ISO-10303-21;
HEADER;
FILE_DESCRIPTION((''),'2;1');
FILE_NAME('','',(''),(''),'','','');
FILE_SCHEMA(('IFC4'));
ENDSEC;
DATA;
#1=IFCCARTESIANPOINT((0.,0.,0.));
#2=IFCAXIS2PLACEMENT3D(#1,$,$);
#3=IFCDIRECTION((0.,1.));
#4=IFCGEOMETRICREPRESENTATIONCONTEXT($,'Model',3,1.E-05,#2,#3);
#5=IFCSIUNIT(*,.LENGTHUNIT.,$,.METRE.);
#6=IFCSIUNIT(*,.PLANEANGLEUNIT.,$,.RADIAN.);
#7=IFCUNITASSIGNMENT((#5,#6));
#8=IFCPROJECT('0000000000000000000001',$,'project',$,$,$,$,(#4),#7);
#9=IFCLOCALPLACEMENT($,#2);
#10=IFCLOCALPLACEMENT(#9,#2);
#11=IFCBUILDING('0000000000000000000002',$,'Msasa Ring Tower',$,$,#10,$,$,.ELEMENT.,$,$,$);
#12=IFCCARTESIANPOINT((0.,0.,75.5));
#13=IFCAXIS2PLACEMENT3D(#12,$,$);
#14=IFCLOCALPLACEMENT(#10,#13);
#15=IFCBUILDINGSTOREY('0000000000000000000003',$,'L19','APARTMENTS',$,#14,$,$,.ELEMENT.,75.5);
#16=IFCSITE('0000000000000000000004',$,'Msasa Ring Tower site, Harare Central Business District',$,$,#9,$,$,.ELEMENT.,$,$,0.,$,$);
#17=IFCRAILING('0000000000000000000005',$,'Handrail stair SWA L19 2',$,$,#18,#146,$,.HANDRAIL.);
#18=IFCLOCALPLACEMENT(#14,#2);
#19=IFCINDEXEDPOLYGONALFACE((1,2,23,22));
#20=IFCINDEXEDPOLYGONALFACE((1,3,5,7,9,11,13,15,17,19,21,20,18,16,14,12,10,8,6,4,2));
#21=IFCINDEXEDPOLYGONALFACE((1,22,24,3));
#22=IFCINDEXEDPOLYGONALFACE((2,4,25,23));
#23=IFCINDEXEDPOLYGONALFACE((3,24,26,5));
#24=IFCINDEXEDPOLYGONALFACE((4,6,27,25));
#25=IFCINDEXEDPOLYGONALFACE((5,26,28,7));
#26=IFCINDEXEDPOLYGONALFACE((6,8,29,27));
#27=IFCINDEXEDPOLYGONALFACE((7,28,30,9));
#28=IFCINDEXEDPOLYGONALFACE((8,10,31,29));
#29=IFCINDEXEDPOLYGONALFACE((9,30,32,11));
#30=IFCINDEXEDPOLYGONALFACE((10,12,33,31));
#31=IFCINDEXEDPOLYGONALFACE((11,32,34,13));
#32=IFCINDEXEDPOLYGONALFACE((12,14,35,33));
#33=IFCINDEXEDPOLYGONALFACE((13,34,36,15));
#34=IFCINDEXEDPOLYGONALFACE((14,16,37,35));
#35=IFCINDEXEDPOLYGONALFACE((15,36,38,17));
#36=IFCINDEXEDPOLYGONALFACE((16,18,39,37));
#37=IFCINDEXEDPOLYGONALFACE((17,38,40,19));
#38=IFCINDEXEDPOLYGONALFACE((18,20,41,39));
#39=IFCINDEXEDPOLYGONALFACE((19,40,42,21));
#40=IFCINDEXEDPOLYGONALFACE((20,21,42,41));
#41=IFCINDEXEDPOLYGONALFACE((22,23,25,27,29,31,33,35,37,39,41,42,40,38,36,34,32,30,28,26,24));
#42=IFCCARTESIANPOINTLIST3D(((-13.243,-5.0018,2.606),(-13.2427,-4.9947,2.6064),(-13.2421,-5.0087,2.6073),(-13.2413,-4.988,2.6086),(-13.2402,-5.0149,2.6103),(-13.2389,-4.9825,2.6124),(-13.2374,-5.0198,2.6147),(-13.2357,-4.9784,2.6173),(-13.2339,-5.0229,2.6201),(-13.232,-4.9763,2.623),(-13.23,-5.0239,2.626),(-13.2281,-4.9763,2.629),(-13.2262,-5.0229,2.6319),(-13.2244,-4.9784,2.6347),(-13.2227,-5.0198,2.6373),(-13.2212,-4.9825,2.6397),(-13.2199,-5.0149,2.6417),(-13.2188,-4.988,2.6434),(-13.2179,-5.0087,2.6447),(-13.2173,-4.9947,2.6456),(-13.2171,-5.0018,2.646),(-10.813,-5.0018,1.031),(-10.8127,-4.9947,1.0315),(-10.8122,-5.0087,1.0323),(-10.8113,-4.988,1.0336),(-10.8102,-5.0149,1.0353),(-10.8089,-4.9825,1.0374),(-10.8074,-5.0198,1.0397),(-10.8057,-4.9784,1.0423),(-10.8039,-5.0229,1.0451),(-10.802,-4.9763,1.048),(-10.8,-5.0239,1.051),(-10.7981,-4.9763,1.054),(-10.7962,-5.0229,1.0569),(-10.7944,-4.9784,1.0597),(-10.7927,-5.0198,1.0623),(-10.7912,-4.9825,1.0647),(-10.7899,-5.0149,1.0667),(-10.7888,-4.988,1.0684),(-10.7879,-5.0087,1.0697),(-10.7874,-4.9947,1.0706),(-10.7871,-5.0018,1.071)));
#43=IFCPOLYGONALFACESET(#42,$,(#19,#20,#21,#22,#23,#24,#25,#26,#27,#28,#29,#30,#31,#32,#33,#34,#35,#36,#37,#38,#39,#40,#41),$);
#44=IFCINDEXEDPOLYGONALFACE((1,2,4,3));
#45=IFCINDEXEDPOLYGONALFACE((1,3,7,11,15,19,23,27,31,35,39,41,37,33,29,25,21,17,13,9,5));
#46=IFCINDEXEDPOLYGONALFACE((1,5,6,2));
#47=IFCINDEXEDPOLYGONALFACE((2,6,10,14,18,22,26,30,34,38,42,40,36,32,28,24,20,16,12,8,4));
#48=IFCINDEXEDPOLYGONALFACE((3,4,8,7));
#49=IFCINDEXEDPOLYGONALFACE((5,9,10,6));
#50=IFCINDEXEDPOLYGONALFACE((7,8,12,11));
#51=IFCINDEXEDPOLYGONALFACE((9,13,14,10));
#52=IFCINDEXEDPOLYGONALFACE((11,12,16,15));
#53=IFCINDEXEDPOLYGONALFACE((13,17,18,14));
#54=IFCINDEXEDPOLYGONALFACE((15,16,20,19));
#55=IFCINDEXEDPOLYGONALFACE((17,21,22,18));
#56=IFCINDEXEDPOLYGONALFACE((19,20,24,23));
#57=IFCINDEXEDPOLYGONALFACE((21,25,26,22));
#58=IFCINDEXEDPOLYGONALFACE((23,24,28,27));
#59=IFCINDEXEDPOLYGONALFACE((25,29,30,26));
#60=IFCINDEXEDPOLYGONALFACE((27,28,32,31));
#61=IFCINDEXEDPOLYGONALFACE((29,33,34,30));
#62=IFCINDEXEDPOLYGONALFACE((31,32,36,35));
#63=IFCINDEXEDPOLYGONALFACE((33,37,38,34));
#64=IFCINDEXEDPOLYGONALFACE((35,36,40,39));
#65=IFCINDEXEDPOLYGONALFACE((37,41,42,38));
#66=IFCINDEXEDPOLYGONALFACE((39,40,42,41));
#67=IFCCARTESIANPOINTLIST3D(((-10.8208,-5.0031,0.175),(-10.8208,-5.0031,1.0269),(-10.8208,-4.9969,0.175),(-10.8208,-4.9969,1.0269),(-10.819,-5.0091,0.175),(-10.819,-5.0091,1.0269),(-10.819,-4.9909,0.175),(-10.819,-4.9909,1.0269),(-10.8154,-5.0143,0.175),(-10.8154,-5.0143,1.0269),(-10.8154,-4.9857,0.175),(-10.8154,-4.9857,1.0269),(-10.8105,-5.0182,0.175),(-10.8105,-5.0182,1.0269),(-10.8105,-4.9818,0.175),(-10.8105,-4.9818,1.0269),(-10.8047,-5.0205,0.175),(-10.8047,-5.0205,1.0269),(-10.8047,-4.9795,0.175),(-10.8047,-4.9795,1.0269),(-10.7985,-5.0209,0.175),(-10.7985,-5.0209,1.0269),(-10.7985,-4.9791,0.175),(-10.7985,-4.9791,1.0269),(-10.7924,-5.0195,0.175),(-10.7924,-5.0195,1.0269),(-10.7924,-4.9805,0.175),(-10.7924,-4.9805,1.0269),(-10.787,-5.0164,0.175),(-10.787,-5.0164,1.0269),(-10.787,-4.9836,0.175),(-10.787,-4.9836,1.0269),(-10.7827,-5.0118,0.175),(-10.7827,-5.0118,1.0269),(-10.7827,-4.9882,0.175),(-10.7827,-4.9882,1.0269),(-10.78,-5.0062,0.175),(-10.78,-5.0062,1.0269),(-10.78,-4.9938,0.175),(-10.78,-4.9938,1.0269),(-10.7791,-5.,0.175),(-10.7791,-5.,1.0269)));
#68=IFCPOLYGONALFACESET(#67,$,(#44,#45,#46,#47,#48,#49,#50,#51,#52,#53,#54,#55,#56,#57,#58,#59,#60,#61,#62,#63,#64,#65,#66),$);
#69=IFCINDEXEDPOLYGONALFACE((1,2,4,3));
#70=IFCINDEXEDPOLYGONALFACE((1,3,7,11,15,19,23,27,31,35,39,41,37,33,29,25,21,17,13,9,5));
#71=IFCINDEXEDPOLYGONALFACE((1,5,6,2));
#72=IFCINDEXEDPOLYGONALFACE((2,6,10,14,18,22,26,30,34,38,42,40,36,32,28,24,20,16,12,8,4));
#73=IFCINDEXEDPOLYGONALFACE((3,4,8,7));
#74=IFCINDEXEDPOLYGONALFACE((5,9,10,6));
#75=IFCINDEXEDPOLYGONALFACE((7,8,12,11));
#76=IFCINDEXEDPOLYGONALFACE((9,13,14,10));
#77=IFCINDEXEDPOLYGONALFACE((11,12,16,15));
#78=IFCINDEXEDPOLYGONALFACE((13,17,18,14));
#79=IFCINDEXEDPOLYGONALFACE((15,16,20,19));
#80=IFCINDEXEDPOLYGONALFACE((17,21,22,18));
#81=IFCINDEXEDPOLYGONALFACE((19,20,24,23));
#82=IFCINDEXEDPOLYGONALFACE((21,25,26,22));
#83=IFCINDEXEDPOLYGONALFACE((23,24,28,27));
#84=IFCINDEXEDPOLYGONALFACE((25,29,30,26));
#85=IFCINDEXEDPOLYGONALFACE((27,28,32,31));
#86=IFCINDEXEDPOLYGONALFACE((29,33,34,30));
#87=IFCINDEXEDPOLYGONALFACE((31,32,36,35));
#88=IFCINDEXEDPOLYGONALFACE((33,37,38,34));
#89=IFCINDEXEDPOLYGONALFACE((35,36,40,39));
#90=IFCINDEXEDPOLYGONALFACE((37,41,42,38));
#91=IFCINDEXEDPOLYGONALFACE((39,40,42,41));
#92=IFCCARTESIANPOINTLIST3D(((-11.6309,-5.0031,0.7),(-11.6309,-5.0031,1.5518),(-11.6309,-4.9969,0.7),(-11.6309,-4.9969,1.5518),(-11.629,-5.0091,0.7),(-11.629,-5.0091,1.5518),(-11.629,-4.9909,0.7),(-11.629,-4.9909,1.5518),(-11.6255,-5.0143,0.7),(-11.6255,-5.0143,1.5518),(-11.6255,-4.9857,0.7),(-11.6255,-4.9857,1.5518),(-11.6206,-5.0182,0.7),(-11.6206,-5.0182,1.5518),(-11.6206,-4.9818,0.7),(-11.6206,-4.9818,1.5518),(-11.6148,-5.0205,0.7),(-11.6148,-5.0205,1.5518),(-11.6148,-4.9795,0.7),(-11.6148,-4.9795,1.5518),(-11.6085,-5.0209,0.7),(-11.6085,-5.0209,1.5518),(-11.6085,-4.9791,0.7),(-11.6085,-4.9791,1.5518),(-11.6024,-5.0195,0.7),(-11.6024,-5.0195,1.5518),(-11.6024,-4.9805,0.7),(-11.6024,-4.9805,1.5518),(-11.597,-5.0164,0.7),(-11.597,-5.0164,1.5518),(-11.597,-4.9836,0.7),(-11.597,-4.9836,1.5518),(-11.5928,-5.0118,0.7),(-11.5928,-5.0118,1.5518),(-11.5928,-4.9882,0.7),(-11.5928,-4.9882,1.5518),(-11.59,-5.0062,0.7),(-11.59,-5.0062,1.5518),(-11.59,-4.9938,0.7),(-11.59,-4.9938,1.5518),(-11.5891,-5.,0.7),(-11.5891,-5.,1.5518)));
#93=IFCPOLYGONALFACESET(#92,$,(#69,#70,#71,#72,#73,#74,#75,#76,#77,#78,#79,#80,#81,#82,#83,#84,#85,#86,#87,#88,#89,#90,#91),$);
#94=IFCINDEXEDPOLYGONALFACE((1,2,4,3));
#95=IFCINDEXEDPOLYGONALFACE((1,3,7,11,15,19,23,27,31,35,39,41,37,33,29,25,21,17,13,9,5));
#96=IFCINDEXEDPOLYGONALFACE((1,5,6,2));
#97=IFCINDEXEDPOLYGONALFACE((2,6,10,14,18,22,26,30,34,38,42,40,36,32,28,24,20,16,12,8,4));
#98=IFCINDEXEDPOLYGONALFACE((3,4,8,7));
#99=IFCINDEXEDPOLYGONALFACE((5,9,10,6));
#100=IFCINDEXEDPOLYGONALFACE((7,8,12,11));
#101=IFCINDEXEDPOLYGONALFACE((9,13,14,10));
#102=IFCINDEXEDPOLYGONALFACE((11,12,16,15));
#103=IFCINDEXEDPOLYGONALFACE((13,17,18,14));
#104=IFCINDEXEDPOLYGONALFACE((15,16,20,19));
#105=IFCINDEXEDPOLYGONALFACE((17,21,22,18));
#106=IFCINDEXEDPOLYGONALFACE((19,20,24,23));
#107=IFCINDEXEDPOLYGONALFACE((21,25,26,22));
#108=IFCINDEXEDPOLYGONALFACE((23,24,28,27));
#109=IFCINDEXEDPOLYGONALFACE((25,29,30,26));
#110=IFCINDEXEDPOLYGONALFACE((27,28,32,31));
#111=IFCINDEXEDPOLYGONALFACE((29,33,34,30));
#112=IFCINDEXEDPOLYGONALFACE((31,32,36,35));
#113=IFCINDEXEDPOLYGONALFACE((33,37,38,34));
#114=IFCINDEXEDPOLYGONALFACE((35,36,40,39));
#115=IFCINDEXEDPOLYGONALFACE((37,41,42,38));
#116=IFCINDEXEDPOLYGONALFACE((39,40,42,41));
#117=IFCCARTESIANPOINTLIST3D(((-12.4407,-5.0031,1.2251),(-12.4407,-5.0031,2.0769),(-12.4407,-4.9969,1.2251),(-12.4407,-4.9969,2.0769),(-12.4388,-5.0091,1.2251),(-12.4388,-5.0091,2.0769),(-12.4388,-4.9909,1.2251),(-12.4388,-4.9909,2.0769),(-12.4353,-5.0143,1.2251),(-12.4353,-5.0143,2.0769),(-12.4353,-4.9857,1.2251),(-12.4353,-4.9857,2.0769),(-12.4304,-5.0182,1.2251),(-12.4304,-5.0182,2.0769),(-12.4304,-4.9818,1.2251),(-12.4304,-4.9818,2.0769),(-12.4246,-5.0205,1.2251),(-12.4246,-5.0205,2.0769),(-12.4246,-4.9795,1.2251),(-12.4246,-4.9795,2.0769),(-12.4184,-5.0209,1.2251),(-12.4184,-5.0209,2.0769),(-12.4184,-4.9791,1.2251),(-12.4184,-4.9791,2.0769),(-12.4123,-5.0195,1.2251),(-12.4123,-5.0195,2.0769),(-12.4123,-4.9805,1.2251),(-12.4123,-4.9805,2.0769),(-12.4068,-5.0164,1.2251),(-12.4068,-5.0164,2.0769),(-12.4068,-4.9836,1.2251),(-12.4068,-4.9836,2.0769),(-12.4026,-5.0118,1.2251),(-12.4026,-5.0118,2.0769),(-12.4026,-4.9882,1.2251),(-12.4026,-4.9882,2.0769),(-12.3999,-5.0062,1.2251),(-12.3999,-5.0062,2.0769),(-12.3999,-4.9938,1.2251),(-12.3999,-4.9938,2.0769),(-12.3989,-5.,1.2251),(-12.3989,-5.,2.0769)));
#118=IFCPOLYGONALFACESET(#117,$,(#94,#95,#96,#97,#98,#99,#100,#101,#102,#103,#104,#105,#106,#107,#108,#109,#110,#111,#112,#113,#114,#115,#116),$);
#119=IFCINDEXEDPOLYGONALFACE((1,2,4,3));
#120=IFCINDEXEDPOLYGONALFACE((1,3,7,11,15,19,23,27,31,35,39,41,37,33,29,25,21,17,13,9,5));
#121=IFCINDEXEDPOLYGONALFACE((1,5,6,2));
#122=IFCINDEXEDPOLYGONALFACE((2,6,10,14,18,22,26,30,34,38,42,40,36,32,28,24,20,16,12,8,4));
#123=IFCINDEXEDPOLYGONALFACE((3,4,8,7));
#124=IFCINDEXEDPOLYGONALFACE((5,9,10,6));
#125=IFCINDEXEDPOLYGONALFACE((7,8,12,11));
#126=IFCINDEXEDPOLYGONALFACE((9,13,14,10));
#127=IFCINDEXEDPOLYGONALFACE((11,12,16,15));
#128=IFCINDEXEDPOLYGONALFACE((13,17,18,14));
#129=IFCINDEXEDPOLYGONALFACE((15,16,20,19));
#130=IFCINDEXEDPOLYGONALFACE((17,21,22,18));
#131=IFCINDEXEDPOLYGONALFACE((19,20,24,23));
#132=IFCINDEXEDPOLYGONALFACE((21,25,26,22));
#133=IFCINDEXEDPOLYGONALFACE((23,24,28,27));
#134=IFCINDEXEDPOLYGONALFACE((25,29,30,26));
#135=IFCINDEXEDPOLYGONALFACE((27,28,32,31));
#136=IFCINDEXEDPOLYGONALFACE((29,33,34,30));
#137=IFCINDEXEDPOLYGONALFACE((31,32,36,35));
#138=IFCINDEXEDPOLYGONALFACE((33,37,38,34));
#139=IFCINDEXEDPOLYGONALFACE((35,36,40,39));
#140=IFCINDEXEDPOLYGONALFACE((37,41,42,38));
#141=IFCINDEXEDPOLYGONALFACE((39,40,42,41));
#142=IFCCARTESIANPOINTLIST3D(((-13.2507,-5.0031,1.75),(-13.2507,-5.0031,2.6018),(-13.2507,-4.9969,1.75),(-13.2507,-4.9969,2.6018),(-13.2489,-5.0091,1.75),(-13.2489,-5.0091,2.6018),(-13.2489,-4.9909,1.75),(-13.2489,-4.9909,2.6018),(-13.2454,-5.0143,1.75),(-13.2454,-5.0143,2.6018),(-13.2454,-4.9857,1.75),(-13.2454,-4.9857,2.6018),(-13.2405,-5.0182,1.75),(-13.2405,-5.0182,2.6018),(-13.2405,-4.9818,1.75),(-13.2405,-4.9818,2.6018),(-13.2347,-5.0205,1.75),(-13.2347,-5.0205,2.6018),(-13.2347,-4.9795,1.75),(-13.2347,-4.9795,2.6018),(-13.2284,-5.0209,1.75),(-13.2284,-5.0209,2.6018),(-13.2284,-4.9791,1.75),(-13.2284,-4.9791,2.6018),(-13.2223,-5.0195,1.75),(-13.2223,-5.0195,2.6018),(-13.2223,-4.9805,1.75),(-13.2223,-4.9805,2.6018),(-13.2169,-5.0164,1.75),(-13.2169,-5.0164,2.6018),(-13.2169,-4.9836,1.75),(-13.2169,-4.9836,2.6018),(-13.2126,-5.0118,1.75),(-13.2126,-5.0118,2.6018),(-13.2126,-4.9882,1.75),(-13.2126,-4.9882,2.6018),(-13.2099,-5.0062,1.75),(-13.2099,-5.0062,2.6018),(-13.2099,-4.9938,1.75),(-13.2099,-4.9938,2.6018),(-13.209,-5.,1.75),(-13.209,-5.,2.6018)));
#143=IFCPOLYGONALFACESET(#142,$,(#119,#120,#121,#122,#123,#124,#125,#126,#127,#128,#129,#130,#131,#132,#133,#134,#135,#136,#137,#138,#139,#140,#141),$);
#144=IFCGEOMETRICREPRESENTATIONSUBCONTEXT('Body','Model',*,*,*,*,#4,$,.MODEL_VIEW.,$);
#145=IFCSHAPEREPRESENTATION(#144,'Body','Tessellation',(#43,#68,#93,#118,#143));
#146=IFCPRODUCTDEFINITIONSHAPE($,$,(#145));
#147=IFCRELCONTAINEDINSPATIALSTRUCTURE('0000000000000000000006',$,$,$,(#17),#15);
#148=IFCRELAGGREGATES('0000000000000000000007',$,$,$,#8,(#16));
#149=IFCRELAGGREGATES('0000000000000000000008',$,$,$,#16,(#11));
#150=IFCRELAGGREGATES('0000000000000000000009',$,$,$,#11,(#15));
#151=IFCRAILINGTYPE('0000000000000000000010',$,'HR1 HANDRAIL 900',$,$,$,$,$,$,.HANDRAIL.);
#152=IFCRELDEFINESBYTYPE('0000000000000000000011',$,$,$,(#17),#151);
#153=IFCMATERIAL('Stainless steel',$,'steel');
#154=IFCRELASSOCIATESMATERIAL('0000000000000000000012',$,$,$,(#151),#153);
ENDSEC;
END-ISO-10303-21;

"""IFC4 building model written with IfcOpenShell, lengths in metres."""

from ifc_helpers import new_model, si_unit, direction, frame, origin, origin_2d, place, context, subcontext, project, spatial, circle, extrude, material, type_object, element, save


model = new_model("IFC4")

# Units and contexts
model_context = context("Model", 3, precision=1e-05, world=origin(), true_north=direction((0.0, 1.0)))
body_context = subcontext(model_context, "Body", "Model", "MODEL_VIEW")
ifc_project = project(units=[si_unit("LENGTHUNIT", "METRE"), si_unit("PLANEANGLEUNIT", "RADIAN")], contexts=[model_context])

# Site, building, storey
site_placement = place(None, origin())
site = spatial("IfcSite", under=ifc_project, at=site_placement, Name="Msasa Ring Tower site, Harare Central Business District", CompositionType="ELEMENT", RefElevation=0.0)
building_placement = place(site_placement, origin())
building = spatial("IfcBuilding", under=site, at=building_placement, Name="Msasa Ring Tower", CompositionType="ELEMENT")
storey_placement = place(building_placement, frame((0.0, 0.0, 75.5)))
storey = spatial("IfcBuildingStorey", under=building, at=storey_placement, Name="L19", Description="APARTMENTS", CompositionType="ELEMENT", Elevation=75.5)

# Railing
ifc_material_1 = material(Name="Stainless steel", Category="steel")
railing_type = type_object("IfcRailingType", Name="HR1 HANDRAIL 900", PredefinedType="HANDRAIL", material=ifc_material_1)
for number, where, name in (
    (1, (-10.8, -5.0, 0.175), "Handrail stair SWA L19 2"),
):
    element("IfcRailing", number, at=place(storey_placement, frame(where)), inside=storey, type_object=railing_type, Name=name, PredefinedType="HANDRAIL", context=body_context, shape_type="SweptSolid", body=[
        extrude(circle(Radius=0.0239, at=origin_2d()), frame((0.0, 0.0, 0.876), z_axis=(-0.839154, 0.0, 0.543894), x_axis=(0.0, -1.0, 0.0)), (0.0, 0.0, 1.0), 2.8958),
        extrude(circle(Radius=0.021, at=origin_2d()), origin(), (0.0, 0.0, 1.0), 0.8518),
        extrude(circle(Radius=0.021, at=origin_2d()), frame((-0.8101, 0.0, 0.5249)), (0.0, 0.0, 1.0), 0.8518),
        extrude(circle(Radius=0.021, at=origin_2d()), frame((-1.6199, 0.0, 1.05)), (0.0, 0.0, 1.0), 0.8518),
        extrude(circle(Radius=0.021, at=origin_2d()), frame((-2.4299, 0.0, 1.575)), (0.0, 0.0, 1.0), 0.8518),
    ])

save(model, "model.ifc")
